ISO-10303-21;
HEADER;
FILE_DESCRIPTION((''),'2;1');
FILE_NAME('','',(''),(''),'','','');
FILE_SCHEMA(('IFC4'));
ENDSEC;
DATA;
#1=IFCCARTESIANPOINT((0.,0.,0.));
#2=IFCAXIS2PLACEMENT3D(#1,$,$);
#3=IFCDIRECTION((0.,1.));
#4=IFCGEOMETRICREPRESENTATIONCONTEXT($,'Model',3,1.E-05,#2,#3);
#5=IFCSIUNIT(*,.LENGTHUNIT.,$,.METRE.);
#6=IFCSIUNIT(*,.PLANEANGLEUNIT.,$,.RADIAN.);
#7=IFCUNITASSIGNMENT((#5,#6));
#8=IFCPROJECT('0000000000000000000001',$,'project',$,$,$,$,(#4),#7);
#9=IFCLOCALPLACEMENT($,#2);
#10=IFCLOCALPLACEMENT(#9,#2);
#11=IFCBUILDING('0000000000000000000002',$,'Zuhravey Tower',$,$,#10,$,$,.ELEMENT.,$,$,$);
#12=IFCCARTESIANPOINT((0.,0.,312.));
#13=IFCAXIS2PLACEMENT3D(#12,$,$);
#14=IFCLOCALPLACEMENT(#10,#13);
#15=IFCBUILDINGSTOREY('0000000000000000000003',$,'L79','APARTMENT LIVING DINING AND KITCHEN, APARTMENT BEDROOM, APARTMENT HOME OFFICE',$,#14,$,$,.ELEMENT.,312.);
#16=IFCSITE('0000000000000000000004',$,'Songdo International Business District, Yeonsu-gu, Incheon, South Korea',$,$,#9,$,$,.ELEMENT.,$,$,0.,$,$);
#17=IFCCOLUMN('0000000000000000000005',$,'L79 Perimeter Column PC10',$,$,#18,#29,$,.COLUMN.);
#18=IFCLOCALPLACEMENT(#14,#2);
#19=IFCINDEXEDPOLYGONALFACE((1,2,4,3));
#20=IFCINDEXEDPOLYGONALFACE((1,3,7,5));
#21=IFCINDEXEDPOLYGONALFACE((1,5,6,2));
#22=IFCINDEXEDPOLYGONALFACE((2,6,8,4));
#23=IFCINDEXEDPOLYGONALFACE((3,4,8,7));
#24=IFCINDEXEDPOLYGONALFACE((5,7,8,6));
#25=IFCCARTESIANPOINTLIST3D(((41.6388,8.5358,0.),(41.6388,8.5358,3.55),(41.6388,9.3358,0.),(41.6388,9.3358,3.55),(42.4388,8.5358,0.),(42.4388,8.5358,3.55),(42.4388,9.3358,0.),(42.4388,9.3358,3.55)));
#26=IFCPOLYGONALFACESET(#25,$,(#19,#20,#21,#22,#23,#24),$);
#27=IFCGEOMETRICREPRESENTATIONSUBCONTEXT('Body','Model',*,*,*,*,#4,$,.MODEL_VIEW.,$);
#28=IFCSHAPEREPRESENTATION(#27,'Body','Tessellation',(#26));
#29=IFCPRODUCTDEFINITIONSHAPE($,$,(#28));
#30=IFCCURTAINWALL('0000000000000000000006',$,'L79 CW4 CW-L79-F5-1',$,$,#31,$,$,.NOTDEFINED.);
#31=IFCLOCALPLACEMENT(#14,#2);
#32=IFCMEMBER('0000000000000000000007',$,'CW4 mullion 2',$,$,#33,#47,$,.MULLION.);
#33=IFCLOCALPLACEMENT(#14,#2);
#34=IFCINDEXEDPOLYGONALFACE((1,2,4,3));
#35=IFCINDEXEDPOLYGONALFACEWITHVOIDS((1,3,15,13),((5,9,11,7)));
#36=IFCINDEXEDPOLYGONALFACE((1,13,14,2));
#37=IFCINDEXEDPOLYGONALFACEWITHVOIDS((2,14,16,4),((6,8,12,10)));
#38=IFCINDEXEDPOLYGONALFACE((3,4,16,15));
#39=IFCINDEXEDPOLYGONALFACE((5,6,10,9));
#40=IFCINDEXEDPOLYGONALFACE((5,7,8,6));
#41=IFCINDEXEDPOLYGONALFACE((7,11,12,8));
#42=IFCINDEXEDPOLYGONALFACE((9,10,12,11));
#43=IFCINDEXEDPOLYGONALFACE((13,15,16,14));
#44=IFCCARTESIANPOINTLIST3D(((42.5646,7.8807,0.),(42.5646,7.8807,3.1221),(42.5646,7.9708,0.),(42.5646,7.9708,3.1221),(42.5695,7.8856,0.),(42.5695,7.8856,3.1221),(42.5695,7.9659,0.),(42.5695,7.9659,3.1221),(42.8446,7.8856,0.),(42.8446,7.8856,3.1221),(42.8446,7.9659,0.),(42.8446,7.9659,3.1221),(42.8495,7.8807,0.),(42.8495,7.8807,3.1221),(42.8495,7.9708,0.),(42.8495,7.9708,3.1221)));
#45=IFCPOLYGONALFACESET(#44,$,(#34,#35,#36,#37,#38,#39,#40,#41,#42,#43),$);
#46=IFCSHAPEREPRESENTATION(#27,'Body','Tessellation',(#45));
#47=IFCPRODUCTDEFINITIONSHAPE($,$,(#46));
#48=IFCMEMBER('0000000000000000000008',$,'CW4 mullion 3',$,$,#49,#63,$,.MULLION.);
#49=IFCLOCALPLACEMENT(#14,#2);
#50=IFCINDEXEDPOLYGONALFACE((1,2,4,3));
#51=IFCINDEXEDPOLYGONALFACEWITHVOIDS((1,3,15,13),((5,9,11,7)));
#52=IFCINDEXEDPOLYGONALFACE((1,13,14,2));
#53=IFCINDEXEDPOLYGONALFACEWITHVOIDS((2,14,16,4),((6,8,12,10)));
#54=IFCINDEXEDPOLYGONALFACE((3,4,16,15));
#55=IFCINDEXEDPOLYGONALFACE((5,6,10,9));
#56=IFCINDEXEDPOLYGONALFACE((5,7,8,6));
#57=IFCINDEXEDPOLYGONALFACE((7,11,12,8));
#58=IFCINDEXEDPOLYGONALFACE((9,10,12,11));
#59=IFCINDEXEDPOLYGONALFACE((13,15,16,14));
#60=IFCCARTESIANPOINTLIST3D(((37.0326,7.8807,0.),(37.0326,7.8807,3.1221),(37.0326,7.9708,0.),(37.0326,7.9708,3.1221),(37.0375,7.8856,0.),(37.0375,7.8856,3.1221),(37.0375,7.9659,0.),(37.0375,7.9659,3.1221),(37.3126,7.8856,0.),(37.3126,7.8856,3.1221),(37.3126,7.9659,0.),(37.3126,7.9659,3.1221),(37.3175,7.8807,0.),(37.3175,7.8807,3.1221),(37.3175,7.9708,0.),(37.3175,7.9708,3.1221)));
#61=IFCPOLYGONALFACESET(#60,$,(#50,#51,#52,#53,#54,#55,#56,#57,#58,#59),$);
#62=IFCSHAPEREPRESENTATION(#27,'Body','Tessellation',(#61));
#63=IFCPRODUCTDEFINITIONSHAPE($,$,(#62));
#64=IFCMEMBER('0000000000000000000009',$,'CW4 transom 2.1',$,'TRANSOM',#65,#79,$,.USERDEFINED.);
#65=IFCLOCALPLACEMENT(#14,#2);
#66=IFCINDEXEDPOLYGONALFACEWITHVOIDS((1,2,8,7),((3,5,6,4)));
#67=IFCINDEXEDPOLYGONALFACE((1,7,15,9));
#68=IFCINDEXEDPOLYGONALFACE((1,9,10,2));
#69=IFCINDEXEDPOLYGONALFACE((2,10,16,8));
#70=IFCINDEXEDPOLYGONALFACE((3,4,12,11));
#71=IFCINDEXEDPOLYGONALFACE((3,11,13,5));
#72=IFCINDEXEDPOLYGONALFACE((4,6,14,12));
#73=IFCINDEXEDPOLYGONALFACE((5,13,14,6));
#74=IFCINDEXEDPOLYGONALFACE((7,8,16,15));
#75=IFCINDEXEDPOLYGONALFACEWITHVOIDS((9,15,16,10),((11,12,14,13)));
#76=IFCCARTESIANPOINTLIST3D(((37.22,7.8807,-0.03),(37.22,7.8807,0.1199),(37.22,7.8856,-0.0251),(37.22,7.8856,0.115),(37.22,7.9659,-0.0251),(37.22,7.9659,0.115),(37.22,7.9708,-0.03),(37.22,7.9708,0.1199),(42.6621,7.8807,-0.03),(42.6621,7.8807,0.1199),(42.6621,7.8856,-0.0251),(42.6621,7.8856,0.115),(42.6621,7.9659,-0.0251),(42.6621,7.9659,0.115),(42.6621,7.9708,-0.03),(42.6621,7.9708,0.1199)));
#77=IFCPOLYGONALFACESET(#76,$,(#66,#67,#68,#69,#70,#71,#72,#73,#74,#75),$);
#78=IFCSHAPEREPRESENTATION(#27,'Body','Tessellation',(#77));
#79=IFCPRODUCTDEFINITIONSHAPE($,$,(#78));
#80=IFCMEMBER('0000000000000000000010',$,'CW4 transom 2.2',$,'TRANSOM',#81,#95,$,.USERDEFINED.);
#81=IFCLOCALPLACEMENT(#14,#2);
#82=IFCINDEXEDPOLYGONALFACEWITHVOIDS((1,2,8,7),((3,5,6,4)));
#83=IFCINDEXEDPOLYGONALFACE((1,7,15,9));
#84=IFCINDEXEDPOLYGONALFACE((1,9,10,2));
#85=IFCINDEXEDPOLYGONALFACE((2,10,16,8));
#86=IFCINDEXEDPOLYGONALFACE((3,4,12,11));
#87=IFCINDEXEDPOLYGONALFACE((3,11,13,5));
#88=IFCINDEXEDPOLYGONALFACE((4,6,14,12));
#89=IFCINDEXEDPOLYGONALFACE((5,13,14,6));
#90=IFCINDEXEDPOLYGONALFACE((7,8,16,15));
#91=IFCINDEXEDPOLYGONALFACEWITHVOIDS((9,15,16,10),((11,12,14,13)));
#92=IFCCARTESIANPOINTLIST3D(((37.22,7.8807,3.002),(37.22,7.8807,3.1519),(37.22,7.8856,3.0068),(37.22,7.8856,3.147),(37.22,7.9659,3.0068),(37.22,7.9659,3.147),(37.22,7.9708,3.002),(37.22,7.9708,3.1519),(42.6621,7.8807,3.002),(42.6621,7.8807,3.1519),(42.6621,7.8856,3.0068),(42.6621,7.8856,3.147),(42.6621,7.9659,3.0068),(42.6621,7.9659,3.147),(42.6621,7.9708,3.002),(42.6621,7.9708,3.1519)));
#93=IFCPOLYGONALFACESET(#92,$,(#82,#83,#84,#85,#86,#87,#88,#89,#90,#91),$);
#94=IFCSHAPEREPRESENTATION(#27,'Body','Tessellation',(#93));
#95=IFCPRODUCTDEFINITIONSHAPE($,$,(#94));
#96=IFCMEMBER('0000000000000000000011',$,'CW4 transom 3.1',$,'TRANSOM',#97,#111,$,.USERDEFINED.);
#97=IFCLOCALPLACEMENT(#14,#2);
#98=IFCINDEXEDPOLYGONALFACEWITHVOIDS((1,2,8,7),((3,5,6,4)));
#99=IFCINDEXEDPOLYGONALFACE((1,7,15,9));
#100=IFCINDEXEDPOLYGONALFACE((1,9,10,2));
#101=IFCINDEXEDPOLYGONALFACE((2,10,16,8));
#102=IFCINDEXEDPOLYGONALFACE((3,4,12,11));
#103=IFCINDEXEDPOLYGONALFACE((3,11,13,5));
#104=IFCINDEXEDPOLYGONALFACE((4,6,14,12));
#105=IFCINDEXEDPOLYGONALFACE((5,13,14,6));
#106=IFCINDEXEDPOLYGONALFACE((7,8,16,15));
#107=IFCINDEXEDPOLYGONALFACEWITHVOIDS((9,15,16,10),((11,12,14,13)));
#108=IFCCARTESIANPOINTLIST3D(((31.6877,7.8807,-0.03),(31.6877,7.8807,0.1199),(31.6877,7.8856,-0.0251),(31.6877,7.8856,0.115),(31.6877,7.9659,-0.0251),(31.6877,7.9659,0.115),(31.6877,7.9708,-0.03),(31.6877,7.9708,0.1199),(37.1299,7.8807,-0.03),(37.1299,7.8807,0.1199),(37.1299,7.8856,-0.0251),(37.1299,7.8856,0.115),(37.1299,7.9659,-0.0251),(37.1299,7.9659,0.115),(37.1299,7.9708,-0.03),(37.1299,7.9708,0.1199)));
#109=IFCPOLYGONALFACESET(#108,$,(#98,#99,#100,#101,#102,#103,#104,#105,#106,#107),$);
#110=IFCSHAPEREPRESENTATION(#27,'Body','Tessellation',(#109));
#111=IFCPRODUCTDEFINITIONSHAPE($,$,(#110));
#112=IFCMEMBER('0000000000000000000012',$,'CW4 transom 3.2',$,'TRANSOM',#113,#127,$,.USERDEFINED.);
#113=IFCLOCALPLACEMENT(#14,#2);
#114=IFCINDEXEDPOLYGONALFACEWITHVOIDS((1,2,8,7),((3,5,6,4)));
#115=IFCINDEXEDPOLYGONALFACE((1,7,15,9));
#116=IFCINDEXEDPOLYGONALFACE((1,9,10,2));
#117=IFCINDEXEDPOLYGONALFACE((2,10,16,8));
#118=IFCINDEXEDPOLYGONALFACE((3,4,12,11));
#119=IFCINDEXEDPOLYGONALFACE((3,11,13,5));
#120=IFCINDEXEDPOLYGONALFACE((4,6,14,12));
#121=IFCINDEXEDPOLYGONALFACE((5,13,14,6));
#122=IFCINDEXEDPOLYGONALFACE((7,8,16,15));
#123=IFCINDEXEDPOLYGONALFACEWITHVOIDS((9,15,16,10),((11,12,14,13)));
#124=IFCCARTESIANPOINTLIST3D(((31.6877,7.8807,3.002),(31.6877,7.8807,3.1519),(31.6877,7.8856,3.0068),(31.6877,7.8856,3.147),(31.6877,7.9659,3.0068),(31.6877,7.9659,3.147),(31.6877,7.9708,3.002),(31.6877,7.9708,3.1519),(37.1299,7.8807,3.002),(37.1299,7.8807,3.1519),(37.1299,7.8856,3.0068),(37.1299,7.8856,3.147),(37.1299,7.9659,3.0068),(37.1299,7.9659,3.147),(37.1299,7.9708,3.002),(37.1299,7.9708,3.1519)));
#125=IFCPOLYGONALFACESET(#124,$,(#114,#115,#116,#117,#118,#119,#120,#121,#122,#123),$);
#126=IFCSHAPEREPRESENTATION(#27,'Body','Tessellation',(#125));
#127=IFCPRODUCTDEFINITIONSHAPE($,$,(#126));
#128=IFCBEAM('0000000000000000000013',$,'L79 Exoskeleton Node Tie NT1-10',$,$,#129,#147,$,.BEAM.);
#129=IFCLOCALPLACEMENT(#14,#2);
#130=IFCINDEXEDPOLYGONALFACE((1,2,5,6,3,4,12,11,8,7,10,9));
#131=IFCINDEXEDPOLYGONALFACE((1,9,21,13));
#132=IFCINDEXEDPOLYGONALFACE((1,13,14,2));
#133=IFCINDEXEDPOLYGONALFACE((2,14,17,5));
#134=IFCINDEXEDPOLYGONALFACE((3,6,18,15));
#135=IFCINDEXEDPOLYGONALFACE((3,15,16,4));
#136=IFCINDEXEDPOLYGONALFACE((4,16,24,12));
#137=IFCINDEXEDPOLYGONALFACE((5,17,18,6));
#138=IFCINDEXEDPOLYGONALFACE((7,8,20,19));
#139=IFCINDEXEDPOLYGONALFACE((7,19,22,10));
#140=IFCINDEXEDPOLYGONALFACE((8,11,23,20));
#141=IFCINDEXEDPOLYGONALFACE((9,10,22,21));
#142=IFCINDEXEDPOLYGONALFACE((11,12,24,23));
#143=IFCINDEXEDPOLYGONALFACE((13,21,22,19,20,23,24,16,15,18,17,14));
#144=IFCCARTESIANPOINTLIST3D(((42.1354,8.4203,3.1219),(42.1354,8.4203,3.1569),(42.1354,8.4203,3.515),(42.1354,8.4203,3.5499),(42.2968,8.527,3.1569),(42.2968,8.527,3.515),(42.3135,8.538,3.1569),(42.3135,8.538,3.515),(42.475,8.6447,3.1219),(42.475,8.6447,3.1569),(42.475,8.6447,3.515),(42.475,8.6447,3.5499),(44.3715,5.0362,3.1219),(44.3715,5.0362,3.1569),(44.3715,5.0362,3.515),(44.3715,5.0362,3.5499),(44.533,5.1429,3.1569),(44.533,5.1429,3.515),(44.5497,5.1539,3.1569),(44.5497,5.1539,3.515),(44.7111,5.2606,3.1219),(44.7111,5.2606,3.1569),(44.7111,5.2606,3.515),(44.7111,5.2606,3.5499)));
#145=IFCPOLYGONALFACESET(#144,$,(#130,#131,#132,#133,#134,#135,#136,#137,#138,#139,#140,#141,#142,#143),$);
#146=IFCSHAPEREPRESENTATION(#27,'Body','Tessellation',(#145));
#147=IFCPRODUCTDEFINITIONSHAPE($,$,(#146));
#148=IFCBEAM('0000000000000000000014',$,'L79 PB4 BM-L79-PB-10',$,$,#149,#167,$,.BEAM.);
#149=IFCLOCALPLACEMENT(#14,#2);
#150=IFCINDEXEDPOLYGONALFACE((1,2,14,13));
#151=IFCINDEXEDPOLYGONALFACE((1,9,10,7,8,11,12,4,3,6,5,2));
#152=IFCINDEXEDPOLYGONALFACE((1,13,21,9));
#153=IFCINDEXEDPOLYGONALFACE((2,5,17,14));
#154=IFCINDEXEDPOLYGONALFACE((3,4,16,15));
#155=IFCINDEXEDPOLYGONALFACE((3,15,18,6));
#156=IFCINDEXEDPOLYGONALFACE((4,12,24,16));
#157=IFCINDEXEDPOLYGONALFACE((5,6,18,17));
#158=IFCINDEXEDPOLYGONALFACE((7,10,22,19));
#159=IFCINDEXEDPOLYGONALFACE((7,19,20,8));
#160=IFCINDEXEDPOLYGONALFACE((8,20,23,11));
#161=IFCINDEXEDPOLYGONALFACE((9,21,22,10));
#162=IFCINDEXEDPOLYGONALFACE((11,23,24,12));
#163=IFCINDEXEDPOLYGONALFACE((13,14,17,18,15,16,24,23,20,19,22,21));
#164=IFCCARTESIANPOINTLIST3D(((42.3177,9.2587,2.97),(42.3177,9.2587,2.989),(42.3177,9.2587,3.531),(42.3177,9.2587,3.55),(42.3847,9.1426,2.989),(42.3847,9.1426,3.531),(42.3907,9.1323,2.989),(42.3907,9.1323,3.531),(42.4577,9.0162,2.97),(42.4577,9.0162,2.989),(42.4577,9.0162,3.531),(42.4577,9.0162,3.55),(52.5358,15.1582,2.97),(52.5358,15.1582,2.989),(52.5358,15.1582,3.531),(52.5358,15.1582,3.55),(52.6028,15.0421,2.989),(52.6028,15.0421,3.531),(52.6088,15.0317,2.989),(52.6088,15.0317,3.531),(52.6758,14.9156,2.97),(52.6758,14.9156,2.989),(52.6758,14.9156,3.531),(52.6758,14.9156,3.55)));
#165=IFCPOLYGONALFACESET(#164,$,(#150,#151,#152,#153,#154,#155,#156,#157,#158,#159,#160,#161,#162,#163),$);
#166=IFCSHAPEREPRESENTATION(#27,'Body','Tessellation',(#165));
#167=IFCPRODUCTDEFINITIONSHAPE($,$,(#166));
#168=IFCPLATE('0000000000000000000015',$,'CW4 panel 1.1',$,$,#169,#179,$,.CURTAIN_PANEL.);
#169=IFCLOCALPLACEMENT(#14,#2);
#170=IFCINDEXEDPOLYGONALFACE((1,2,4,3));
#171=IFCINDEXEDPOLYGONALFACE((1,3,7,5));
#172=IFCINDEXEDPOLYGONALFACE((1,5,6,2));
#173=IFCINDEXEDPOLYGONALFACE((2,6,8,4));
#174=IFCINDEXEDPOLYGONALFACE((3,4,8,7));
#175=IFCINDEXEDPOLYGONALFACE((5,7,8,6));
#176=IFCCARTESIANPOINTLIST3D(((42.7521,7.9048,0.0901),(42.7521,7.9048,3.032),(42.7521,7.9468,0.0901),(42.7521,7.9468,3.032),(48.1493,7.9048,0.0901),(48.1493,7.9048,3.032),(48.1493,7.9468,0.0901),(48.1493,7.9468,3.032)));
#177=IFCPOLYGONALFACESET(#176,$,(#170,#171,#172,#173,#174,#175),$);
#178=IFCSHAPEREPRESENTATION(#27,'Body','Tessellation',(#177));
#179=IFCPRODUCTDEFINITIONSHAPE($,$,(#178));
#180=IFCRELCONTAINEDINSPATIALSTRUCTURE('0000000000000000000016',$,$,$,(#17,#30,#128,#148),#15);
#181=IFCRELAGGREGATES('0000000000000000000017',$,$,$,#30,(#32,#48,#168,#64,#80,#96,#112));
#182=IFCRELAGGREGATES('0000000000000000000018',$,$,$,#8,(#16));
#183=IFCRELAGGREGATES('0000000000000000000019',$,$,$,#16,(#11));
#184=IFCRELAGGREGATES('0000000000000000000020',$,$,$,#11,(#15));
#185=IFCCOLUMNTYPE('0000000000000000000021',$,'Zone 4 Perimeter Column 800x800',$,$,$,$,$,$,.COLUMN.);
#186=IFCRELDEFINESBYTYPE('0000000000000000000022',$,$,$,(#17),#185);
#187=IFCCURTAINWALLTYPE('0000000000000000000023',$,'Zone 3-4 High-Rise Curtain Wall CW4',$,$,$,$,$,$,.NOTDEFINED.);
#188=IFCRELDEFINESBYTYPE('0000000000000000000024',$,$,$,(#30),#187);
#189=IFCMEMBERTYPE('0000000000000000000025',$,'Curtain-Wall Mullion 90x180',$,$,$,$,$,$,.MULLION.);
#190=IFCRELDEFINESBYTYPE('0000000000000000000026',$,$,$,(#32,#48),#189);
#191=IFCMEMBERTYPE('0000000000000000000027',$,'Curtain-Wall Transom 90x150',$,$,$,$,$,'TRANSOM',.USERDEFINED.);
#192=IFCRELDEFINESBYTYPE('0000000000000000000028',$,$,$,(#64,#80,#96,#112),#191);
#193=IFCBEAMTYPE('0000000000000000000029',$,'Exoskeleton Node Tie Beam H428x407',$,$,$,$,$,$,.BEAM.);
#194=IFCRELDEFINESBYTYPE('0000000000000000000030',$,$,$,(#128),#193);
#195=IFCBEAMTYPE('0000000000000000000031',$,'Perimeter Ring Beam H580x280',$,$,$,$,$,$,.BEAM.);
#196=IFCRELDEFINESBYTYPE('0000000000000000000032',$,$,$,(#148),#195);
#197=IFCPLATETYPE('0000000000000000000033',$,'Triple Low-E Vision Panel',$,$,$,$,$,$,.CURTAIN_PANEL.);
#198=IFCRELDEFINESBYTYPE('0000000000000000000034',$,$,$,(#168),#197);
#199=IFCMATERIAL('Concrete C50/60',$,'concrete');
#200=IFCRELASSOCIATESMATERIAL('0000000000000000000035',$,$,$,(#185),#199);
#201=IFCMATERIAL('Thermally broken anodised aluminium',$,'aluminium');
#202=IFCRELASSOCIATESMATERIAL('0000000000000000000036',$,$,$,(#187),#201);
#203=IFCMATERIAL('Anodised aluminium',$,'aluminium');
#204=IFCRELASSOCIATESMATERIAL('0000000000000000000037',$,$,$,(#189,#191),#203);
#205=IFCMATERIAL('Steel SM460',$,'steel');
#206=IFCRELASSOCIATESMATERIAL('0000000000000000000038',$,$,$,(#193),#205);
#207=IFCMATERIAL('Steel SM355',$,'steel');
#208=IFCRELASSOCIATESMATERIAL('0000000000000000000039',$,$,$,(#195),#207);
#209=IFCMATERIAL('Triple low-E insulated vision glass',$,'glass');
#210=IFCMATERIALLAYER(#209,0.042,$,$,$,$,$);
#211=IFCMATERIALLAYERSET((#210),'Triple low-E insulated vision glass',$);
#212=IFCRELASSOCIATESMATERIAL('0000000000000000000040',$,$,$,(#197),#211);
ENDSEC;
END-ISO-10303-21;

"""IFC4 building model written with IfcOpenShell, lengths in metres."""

from ifc_helpers import new_model, si_unit, direction, frame, origin, origin_2d, place, context, subcontext, project, spatial, rectangle, hollow_rectangle, i_section, extrude, material, layer, layer_set, material_profile, profile_set, type_object, element, aggregate, save


model = new_model("IFC4")

# Units and contexts
model_context = context("Model", 3, precision=1e-05, world=origin(), true_north=direction((0.0, 1.0)))
body_context = subcontext(model_context, "Body", "Model", "MODEL_VIEW")
ifc_project = project(units=[si_unit("LENGTHUNIT", "METRE"), si_unit("PLANEANGLEUNIT", "RADIAN")], contexts=[model_context])

# Site, building, storey
site_placement = place(None, origin())
site = spatial("IfcSite", under=ifc_project, at=site_placement, Name="Songdo International Business District, Yeonsu-gu, Incheon, South Korea", CompositionType="ELEMENT", RefElevation=0.0)
building_placement = place(site_placement, origin())
building = spatial("IfcBuilding", under=site, at=building_placement, Name="Zuhravey Tower", CompositionType="ELEMENT")
storey_placement = place(building_placement, frame((0.0, 0.0, 312.0)))
storey = spatial("IfcBuildingStorey", under=building, at=storey_placement, Name="L79", Description="APARTMENT LIVING DINING AND KITCHEN, APARTMENT BEDROOM, APARTMENT HOME OFFICE", CompositionType="ELEMENT", Elevation=312.0)

# Column
ifc_material_1 = material(Name="Concrete C50/60", Category="concrete")
ifc_material_profile_1 = material_profile(ifc_material_1, rectangle(XDim=0.8, YDim=0.8, at=origin_2d()), Name="RC-800x800")
ifc_profile_set_1 = profile_set([ifc_material_profile_1], Name="Concrete C50/60")
column_type = type_object("IfcColumnType", Name="Zone 4 Perimeter Column 800x800", PredefinedType="COLUMN", material=ifc_profile_set_1)
column_placement = place(storey_placement, frame((42.0388, 8.9358, 0.0), z_axis=(0.0, 0.0, 1.0), x_axis=(1.0, 0.0, 0.0)))
element("IfcColumn", 1, at=column_placement, inside=storey, type_object=column_type, Name="L79 Perimeter Column PC10", PredefinedType="COLUMN", context=body_context, shape_type="SweptSolid", body=[
    extrude(rectangle(XDim=0.8, YDim=0.8, at=origin_2d()), origin(), (0.0, 0.0, 1.0), 3.55),
])

# Curtain wall, members
ifc_material_2 = material(Name="Thermally broken anodised aluminium", Category="aluminium")
curtain_wall_type = type_object("IfcCurtainWallType", Name="Zone 3-4 High-Rise Curtain Wall CW4", PredefinedType="NOTDEFINED", material=ifc_material_2)
curtain_wall_placement = place(storey_placement, origin())
curtain_wall = element("IfcCurtainWall", 2, at=curtain_wall_placement, inside=storey, type_object=curtain_wall_type, Name="L79 CW4 CW-L79-F5-1", PredefinedType="NOTDEFINED")
ifc_material_3 = material(Name="Anodised aluminium", Category="aluminium")
ifc_material_profile_2 = material_profile(ifc_material_3, hollow_rectangle(XDim=0.0901, YDim=0.2849, WallThickness=0.0049, at=origin_2d()), Name="ALU-RHS-90x285x5")
ifc_profile_set_2 = profile_set([ifc_material_profile_2], Name="Anodised aluminium")
member_type_1 = type_object("IfcMemberType", Name="Curtain-Wall Mullion 90x180", PredefinedType="MULLION", material=ifc_profile_set_2)
member_1_placement = place(storey_placement, frame((42.707, 7.9258, 0.0), z_axis=(0.0, 0.0, 1.0), x_axis=(0.0, -1.0, 0.0)))
member_1 = element("IfcMember", 3, at=member_1_placement, type_object=member_type_1, Name="CW4 mullion 2", PredefinedType="MULLION", context=body_context, shape_type="SweptSolid", body=[
    extrude(hollow_rectangle(XDim=0.0901, YDim=0.2849, WallThickness=0.0049, at=origin_2d()), origin(), (0.0, 0.0, 1.0), 3.1221),
])
member_2_placement = place(storey_placement, frame((37.175, 7.9258, 0.0), z_axis=(0.0, 0.0, 1.0), x_axis=(0.0, -1.0, 0.0)))
member_2 = element("IfcMember", 4, at=member_2_placement, type_object=member_type_1, Name="CW4 mullion 3", PredefinedType="MULLION", context=body_context, shape_type="SweptSolid", body=[
    extrude(hollow_rectangle(XDim=0.0901, YDim=0.2849, WallThickness=0.0049, at=origin_2d()), origin(), (0.0, 0.0, 1.0), 3.1221),
])
ifc_material_profile_3 = material_profile(ifc_material_3, hollow_rectangle(XDim=0.0901, YDim=0.1499, WallThickness=0.0049, at=origin_2d()), Name="ALU-RHS-90x150x5")
ifc_profile_set_3 = profile_set([ifc_material_profile_3], Name="Anodised aluminium")
member_type_2 = type_object("IfcMemberType", Name="Curtain-Wall Transom 90x150", ElementType="TRANSOM", PredefinedType="USERDEFINED", material=ifc_profile_set_3)
member_3_placement = place(storey_placement, frame((42.6621, 7.9258, 0.0449), z_axis=(-1.0, 0.0, 0.0), x_axis=(0.0, -1.0, 0.0)))
member_3 = element("IfcMember", 5, at=member_3_placement, type_object=member_type_2, Name="CW4 transom 2.1", ObjectType="TRANSOM", PredefinedType="USERDEFINED", context=body_context, shape_type="SweptSolid", body=[
    extrude(hollow_rectangle(XDim=0.0901, YDim=0.1499, WallThickness=0.0049, at=origin_2d()), origin(), (0.0, 0.0, 1.0), 5.4421),
])
member_4_placement = place(storey_placement, frame((42.6621, 7.9258, 3.0769), z_axis=(-1.0, 0.0, 0.0), x_axis=(0.0, -1.0, 0.0)))
member_4 = element("IfcMember", 6, at=member_4_placement, type_object=member_type_2, Name="CW4 transom 2.2", ObjectType="TRANSOM", PredefinedType="USERDEFINED", context=body_context, shape_type="SweptSolid", body=[
    extrude(hollow_rectangle(XDim=0.0901, YDim=0.1499, WallThickness=0.0049, at=origin_2d()), origin(), (0.0, 0.0, 1.0), 5.4421),
])
member_5_placement = place(storey_placement, frame((37.1299, 7.9258, 0.0449), z_axis=(-1.0, 0.0, 0.0), x_axis=(0.0, -1.0, 0.0)))
member_5 = element("IfcMember", 7, at=member_5_placement, type_object=member_type_2, Name="CW4 transom 3.1", ObjectType="TRANSOM", PredefinedType="USERDEFINED", context=body_context, shape_type="SweptSolid", body=[
    extrude(hollow_rectangle(XDim=0.0901, YDim=0.1499, WallThickness=0.0049, at=origin_2d()), origin(), (0.0, 0.0, 1.0), 5.4421),
])
member_6_placement = place(storey_placement, frame((37.1299, 7.9258, 3.0769), z_axis=(-1.0, 0.0, 0.0), x_axis=(0.0, -1.0, 0.0)))
member_6 = element("IfcMember", 8, at=member_6_placement, type_object=member_type_2, Name="CW4 transom 3.2", ObjectType="TRANSOM", PredefinedType="USERDEFINED", context=body_context, shape_type="SweptSolid", body=[
    extrude(hollow_rectangle(XDim=0.0901, YDim=0.1499, WallThickness=0.0049, at=origin_2d()), origin(), (0.0, 0.0, 1.0), 5.4421),
])

# Beams
ifc_material_4 = material(Name="Steel SM460", Category="steel")
ifc_material_profile_4 = material_profile(ifc_material_4, i_section(OverallWidth=0.407, OverallDepth=0.428, WebThickness=0.02, FlangeThickness=0.0349, at=origin_2d()), Name="H-428x407x20x35")
ifc_profile_set_4 = profile_set([ifc_material_profile_4], Name="Steel SM460")
beam_type_1 = type_object("IfcBeamType", Name="Exoskeleton Node Tie Beam H428x407", PredefinedType="BEAM", material=ifc_profile_set_4)
beam_1_placement = place(storey_placement, frame((42.3052, 8.5325, 3.3359), z_axis=(0.551292, -0.834312, 0.0), x_axis=(0.834312, 0.551292, 0.0)))
element("IfcBeam", 9, at=beam_1_placement, inside=storey, type_object=beam_type_1, Name="L79 Exoskeleton Node Tie NT1-10", PredefinedType="BEAM", context=body_context, shape_type="SweptSolid", body=[
    extrude(i_section(OverallWidth=0.407, OverallDepth=0.428, WebThickness=0.02, FlangeThickness=0.0349, at=origin_2d()), origin(), (0.0, 0.0, 1.0), 4.0562),
])
ifc_material_5 = material(Name="Steel SM355", Category="steel")
ifc_material_profile_5 = material_profile(ifc_material_5, i_section(OverallWidth=0.28, OverallDepth=0.5801, WebThickness=0.012, FlangeThickness=0.019, at=origin_2d()), Name="H-580x280x12x19")
ifc_profile_set_5 = profile_set([ifc_material_profile_5], Name="Steel SM355")
beam_type_2 = type_object("IfcBeamType", Name="Perimeter Ring Beam H580x280", PredefinedType="BEAM", material=ifc_profile_set_5)
beam_2_placement = place(storey_placement, frame((42.3877, 9.1375, 3.26), z_axis=(0.866024, 0.500002, 0.0), x_axis=(-0.500002, 0.866024, 0.0)))
element("IfcBeam", 10, at=beam_2_placement, inside=storey, type_object=beam_type_2, Name="L79 PB4 BM-L79-PB-10", PredefinedType="BEAM", context=body_context, shape_type="SweptSolid", body=[
    extrude(i_section(OverallWidth=0.28, OverallDepth=0.5801, WebThickness=0.012, FlangeThickness=0.019, at=origin_2d()), origin(), (0.0, 0.0, 1.0), 11.7988),
])

# Plate
ifc_material_6 = material(Name="Triple low-E insulated vision glass", Category="glass")
ifc_layer_1 = layer(ifc_material_6, 0.042)
ifc_layer_set_1 = layer_set([ifc_layer_1], Name="Triple low-E insulated vision glass")
plate_type = type_object("IfcPlateType", Name="Triple Low-E Vision Panel", PredefinedType="CURTAIN_PANEL", material=ifc_layer_set_1)
plate_1_placement = place(storey_placement, frame((45.4507, 7.9258, 0.0901), z_axis=(0.0, 0.0, 1.0), x_axis=(-1.0, 0.0, 0.0)))
plate_1 = element("IfcPlate", 11, at=plate_1_placement, type_object=plate_type, Name="CW4 panel 1.1", PredefinedType="CURTAIN_PANEL", context=body_context, shape_type="SweptSolid", body=[
    extrude(rectangle(XDim=5.3972, YDim=0.042, at=origin_2d()), origin(), (0.0, 0.0, 1.0), 2.9419),
])
aggregate(curtain_wall, [member_1, member_2, plate_1, member_3, member_4, member_5, member_6])

save(model, "model.ifc")
